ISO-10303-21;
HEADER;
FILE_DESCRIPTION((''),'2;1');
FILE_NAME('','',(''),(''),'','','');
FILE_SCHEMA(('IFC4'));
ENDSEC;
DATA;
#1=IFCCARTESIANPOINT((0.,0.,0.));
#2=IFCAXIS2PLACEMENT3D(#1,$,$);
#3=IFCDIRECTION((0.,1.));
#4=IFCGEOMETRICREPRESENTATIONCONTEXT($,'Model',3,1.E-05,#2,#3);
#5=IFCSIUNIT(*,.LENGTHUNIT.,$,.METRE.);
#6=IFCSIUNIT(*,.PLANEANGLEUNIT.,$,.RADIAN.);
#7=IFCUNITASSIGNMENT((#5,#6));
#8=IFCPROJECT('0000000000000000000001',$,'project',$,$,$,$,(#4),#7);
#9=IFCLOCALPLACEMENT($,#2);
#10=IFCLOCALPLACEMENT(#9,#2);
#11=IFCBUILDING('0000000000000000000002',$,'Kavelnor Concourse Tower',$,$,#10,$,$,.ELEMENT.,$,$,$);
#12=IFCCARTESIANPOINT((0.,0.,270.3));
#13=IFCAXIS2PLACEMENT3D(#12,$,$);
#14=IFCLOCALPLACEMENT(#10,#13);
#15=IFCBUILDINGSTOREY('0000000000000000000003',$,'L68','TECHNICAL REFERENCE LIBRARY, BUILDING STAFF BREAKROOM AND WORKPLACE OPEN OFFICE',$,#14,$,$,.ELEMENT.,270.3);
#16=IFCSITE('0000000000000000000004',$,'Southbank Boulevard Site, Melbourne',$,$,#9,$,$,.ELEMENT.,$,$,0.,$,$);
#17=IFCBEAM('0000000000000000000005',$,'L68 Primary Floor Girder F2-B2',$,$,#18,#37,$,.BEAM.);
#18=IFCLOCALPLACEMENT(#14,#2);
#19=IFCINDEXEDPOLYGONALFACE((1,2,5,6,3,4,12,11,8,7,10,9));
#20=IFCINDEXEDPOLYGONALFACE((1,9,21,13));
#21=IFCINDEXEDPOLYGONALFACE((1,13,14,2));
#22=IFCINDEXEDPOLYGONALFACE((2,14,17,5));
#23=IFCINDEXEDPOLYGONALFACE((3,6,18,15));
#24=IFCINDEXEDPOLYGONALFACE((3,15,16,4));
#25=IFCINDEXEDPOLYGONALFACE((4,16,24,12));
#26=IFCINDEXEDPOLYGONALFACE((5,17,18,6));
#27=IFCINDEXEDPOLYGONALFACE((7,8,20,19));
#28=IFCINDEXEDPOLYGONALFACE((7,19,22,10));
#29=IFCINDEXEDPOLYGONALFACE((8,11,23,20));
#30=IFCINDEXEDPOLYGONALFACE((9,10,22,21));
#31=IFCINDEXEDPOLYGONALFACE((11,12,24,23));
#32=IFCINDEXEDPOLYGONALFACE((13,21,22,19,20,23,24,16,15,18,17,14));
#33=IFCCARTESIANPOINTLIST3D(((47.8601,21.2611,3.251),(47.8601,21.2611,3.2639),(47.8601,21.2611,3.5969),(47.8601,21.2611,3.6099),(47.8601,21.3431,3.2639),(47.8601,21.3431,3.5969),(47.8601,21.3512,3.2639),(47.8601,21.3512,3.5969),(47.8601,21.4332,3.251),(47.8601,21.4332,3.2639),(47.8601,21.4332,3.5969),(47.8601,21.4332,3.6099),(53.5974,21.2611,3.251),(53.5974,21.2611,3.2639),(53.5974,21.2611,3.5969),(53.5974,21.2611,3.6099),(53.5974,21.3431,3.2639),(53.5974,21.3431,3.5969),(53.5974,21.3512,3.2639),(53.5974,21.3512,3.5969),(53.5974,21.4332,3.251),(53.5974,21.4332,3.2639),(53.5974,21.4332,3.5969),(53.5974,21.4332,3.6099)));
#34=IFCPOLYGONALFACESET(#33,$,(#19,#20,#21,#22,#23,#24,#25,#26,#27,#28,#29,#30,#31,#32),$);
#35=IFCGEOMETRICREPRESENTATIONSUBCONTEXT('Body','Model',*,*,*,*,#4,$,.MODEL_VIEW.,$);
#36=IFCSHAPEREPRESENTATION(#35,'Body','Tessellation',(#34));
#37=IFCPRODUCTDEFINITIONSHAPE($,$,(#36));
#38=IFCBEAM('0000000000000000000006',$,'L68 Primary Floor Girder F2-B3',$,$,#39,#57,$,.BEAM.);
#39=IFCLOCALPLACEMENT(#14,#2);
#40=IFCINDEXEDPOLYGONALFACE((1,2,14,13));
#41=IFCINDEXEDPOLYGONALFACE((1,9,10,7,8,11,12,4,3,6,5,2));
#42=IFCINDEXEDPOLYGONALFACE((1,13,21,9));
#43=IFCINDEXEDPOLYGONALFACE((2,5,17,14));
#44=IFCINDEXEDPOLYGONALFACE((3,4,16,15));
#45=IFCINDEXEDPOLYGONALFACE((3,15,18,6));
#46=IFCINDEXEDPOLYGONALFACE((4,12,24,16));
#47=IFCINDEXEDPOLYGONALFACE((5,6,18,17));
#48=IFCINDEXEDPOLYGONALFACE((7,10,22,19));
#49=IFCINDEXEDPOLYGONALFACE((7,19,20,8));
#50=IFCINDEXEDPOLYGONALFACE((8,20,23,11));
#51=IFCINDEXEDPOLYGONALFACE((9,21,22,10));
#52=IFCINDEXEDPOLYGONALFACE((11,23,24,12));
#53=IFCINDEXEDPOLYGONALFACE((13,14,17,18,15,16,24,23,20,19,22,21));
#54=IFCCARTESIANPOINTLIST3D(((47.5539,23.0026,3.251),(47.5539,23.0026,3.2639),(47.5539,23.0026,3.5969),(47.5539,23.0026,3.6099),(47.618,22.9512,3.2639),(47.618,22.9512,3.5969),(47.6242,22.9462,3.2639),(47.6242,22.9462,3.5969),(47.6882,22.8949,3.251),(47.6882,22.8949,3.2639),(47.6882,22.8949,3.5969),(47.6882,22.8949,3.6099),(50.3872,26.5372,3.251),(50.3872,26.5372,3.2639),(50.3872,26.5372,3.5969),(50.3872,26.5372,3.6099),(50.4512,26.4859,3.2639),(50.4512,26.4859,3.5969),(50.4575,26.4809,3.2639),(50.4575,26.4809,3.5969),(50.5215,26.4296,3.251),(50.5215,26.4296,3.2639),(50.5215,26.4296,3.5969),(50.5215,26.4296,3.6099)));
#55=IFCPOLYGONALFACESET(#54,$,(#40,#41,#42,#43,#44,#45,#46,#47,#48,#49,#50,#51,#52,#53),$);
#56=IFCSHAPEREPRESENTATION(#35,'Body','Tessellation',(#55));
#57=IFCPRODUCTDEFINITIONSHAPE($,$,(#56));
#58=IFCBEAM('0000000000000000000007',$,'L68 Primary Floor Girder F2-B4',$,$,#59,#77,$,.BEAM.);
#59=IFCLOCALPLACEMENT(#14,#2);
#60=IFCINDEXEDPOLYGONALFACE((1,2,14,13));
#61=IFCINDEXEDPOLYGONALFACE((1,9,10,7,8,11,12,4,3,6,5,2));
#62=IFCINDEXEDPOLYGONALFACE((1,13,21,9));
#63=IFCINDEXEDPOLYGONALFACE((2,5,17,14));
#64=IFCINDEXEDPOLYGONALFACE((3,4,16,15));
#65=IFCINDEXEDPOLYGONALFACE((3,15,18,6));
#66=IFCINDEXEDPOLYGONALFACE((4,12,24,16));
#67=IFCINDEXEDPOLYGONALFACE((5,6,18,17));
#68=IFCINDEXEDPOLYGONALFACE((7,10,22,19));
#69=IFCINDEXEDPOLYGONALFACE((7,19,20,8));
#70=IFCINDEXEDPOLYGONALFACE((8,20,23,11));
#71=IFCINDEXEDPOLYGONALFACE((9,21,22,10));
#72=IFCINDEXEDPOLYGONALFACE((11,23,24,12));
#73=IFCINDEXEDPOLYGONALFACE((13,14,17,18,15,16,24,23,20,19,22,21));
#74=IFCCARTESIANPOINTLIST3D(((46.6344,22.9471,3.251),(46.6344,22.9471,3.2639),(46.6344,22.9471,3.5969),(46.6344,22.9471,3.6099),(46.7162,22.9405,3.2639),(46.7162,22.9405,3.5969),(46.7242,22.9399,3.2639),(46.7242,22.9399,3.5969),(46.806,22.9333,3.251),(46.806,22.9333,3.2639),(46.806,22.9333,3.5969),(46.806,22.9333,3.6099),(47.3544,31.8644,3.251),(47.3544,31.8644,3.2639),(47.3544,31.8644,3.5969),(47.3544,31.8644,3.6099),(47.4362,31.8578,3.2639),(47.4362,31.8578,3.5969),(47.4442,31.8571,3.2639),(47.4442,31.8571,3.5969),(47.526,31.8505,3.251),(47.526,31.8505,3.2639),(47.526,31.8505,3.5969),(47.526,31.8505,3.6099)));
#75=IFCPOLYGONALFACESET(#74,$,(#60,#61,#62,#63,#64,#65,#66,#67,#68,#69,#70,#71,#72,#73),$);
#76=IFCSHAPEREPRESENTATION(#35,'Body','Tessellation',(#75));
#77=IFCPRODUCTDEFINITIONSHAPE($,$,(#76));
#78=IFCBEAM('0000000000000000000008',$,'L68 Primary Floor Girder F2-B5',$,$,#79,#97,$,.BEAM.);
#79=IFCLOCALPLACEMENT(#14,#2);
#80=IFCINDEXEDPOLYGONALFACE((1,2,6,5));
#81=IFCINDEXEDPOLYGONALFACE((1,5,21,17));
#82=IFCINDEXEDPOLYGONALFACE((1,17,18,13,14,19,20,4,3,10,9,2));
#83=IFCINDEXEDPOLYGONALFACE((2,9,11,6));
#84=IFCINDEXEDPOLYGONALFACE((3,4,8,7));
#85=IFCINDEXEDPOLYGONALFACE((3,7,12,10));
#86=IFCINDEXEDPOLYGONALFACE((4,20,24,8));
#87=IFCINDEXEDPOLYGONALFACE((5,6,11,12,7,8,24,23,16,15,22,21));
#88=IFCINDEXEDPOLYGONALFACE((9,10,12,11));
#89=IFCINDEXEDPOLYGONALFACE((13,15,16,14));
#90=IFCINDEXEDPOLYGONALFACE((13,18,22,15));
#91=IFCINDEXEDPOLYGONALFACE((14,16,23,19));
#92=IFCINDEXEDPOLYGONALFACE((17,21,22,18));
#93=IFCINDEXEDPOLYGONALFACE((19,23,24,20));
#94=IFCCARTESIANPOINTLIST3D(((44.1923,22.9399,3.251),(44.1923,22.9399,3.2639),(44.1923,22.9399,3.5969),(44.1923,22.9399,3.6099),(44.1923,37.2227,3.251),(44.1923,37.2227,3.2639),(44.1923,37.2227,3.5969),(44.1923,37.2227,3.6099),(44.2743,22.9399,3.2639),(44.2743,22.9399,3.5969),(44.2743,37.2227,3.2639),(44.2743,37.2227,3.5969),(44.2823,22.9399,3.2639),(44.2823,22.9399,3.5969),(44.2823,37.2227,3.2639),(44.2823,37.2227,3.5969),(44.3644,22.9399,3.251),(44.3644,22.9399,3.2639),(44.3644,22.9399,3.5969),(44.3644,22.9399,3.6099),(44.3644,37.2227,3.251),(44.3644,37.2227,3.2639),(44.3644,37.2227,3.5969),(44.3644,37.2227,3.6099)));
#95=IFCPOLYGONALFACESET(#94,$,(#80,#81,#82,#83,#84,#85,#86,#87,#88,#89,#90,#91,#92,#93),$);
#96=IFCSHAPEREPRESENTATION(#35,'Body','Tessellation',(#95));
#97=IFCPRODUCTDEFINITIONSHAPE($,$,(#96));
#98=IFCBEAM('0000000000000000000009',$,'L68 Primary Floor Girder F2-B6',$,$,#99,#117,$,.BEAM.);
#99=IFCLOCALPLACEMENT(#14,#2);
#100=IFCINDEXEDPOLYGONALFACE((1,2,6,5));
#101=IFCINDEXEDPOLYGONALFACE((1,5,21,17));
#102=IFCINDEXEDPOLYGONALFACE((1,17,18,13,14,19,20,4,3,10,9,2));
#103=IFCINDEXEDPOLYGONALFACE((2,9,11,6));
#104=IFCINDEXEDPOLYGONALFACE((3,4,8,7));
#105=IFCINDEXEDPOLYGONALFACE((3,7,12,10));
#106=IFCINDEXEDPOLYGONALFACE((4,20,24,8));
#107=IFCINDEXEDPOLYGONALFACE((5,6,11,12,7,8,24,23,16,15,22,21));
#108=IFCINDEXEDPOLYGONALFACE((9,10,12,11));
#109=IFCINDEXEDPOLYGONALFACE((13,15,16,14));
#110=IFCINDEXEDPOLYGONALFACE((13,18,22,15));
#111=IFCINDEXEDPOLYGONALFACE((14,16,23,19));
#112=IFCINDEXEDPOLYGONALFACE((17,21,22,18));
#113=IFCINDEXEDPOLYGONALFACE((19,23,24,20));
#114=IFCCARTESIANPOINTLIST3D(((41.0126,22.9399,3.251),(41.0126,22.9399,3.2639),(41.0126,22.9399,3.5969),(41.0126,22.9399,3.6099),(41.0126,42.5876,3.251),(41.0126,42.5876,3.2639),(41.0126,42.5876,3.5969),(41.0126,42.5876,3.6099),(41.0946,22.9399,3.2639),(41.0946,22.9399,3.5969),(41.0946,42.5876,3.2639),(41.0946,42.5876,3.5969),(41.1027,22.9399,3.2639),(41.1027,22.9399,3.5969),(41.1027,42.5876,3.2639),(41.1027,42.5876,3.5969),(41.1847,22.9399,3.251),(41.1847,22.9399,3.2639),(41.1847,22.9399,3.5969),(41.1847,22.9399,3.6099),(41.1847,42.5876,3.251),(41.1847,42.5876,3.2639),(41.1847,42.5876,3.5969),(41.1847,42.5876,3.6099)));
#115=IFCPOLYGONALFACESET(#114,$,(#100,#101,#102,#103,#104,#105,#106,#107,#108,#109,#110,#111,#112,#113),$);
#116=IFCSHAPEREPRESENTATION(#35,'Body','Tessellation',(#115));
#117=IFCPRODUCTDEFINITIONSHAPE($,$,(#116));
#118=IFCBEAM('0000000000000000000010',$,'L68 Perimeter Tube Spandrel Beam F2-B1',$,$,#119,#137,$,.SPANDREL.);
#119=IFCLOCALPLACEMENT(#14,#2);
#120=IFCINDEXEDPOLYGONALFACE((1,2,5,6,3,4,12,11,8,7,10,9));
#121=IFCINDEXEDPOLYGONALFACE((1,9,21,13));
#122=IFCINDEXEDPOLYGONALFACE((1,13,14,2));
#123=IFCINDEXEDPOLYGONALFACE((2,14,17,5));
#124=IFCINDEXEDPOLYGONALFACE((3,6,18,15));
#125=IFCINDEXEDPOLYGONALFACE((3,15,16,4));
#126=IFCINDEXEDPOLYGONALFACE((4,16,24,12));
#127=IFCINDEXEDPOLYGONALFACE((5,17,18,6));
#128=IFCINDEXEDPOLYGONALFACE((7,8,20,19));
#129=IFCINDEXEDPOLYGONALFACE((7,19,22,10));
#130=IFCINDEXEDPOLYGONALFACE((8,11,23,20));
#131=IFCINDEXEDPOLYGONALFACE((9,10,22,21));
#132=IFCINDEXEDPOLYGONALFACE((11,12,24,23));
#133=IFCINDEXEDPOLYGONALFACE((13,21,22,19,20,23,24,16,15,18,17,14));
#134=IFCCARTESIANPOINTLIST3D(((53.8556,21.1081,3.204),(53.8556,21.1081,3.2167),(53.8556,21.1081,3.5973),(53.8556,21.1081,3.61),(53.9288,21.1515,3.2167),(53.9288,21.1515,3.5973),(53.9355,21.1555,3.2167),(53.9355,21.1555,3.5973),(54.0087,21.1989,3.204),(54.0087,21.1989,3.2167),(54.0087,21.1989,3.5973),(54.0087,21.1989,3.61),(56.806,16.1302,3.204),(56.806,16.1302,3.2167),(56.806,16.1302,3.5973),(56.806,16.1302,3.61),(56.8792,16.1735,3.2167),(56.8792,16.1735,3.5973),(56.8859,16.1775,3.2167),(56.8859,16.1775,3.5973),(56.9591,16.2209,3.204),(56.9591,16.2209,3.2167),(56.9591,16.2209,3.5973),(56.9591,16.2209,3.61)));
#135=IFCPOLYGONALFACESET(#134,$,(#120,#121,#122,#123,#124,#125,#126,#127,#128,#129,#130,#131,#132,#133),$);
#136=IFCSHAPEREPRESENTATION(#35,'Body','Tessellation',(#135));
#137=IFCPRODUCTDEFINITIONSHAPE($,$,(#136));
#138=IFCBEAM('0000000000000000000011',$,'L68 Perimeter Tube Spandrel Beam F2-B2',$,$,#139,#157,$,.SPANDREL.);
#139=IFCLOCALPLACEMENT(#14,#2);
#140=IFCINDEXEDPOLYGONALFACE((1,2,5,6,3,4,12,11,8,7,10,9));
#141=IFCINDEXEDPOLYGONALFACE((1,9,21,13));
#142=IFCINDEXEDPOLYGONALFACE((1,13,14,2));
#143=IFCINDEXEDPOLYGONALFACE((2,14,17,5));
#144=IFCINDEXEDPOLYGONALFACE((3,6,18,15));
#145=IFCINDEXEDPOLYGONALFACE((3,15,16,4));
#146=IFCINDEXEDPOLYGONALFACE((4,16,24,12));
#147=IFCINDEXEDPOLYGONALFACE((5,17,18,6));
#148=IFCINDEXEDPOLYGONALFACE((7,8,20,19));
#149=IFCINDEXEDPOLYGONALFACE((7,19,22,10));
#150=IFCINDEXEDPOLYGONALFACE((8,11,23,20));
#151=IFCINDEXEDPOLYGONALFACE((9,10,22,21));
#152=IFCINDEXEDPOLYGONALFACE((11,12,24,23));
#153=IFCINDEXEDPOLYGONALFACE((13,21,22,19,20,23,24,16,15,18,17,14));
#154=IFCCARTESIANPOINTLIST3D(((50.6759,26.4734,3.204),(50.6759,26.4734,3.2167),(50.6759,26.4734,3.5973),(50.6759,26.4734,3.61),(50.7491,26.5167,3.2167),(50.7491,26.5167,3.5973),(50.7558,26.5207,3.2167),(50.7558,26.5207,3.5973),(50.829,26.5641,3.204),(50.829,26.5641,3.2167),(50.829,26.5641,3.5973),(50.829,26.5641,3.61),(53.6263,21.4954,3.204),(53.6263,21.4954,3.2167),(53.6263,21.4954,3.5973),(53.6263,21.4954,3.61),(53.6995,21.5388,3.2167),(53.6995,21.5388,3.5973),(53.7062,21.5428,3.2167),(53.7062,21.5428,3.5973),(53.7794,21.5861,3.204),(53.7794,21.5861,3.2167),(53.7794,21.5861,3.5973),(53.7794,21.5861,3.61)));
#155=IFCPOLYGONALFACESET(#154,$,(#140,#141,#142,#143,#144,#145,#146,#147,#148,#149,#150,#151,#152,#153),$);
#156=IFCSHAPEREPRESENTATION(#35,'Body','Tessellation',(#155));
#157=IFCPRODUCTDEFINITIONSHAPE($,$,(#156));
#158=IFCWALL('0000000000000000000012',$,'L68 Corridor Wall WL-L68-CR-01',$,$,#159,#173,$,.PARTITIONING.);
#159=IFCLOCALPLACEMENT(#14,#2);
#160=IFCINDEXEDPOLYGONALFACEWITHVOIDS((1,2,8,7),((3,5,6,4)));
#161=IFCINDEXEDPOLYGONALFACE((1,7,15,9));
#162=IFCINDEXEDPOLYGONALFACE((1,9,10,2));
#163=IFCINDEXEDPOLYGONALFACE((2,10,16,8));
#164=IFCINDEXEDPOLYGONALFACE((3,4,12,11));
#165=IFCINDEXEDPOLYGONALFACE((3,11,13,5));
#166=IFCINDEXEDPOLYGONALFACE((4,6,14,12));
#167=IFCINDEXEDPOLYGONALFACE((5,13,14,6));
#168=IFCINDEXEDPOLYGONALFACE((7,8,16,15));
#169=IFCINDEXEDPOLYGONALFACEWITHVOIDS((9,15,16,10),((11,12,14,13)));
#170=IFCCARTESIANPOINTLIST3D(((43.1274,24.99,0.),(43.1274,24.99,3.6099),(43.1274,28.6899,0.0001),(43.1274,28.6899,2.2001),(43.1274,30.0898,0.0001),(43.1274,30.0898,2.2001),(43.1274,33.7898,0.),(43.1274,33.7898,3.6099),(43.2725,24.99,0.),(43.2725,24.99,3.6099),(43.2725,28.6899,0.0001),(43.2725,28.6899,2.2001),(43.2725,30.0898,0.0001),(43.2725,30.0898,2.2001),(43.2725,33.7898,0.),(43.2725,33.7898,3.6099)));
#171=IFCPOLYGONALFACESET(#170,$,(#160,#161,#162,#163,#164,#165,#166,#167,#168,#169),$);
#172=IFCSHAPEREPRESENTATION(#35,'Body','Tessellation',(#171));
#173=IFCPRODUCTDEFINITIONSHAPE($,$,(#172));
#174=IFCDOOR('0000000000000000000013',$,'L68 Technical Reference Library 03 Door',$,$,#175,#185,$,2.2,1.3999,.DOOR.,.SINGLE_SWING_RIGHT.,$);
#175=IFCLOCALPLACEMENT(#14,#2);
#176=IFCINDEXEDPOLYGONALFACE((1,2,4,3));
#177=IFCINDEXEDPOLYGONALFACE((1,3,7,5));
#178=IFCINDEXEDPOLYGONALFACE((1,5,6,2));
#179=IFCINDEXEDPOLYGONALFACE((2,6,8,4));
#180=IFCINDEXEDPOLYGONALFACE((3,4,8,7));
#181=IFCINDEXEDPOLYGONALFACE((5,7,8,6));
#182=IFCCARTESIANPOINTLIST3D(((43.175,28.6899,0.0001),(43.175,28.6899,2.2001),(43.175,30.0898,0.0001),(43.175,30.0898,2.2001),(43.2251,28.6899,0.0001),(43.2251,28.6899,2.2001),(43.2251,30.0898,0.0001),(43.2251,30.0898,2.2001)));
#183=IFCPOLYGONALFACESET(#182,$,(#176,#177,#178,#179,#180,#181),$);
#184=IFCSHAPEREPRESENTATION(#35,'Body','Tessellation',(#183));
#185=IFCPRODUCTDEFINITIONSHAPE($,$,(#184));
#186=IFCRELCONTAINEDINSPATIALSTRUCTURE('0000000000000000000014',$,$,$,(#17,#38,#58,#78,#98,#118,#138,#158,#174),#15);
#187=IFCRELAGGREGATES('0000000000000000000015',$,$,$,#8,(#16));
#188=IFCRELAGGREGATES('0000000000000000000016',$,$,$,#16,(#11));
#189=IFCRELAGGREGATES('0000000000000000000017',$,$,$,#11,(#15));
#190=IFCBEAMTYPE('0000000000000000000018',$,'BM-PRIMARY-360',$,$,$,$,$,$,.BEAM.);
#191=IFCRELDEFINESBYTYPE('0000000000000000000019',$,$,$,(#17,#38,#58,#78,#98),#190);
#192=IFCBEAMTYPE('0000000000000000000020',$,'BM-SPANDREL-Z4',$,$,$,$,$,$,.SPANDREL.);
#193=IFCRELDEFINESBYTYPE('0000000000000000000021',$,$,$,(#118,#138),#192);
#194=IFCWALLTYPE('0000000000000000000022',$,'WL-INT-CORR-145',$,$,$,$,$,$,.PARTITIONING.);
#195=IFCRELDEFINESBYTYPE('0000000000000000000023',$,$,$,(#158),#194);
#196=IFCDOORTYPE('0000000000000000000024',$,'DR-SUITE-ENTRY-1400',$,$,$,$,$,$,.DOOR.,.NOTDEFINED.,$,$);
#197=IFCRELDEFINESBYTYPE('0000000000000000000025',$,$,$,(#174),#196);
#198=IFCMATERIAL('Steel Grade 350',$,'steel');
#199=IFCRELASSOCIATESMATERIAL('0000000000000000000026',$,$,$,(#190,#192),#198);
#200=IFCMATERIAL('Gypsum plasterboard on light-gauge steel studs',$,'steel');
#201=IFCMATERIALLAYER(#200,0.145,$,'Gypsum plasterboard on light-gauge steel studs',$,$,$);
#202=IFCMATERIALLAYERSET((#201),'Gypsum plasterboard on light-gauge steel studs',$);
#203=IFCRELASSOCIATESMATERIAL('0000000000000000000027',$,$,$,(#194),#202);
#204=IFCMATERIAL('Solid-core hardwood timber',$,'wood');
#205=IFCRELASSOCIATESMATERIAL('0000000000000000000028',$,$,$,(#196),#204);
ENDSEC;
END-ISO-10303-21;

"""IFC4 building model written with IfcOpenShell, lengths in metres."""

from ifc_helpers import new_model, si_unit, direction, frame, frame_2d, origin, origin_2d, place, context, subcontext, project, spatial, rectangle, i_section, extrude, material, layer, layer_set, material_profile, profile_set, type_object, element, fill, save


model = new_model("IFC4")

# Units and contexts
model_context = context("Model", 3, precision=1e-05, world=origin(), true_north=direction((0.0, 1.0)))
body_context = subcontext(model_context, "Body", "Model", "MODEL_VIEW")
ifc_project = project(units=[si_unit("LENGTHUNIT", "METRE"), si_unit("PLANEANGLEUNIT", "RADIAN")], contexts=[model_context])

# Site, building, storey
site_placement = place(None, origin())
site = spatial("IfcSite", under=ifc_project, at=site_placement, Name="Southbank Boulevard Site, Melbourne", CompositionType="ELEMENT", RefElevation=0.0)
building_placement = place(site_placement, origin())
building = spatial("IfcBuilding", under=site, at=building_placement, Name="Kavelnor Concourse Tower", CompositionType="ELEMENT")
storey_placement = place(building_placement, frame((0.0, 0.0, 270.3)))
storey = spatial("IfcBuildingStorey", under=building, at=storey_placement, Name="L68", Description="TECHNICAL REFERENCE LIBRARY, BUILDING STAFF BREAKROOM AND WORKPLACE OPEN OFFICE", CompositionType="ELEMENT", Elevation=270.3)

# Shared definitions
ifc_material_1 = material(Name="Steel Grade 350", Category="steel")

# Beams
ifc_material_profile_1 = material_profile(ifc_material_1, i_section(OverallWidth=0.1721, OverallDepth=0.3589, WebThickness=0.0081, FlangeThickness=0.0129, at=origin_2d()), Name="360UB56")
ifc_profile_set_1 = profile_set([ifc_material_profile_1], Name="Steel Grade 350")
beam_type_1 = type_object("IfcBeamType", Name="BM-PRIMARY-360", PredefinedType="BEAM", material=ifc_profile_set_1)
beam_1_placement = place(storey_placement, frame((47.8601, 21.3472, 3.4304), z_axis=(1.0, 0.0, 0.0), x_axis=(0.0, 1.0, 0.0)))
element("IfcBeam", 1, at=beam_1_placement, inside=storey, type_object=beam_type_1, Name="L68 Primary Floor Girder F2-B2", PredefinedType="BEAM", context=body_context, shape_type="SweptSolid", body=[
    extrude(i_section(OverallWidth=0.1721, OverallDepth=0.3589, WebThickness=0.0081, FlangeThickness=0.0129, at=origin_2d()), origin(), (0.0, 0.0, 1.0), 5.7373),
])
beam_2_placement = place(storey_placement, frame((47.6211, 22.9487, 3.4304), z_axis=(0.625437, 0.780274, 0.0), x_axis=(-0.780274, 0.625437, 0.0)))
element("IfcBeam", 2, at=beam_2_placement, inside=storey, type_object=beam_type_1, Name="L68 Primary Floor Girder F2-B3", PredefinedType="BEAM", context=body_context, shape_type="SweptSolid", body=[
    extrude(i_section(OverallWidth=0.1721, OverallDepth=0.3589, WebThickness=0.0081, FlangeThickness=0.0129, at=origin_2d()), origin(), (0.0, 0.0, 1.0), 4.53),
])
beam_3_placement = place(storey_placement, frame((46.7202, 22.9402, 3.4304), z_axis=(0.080477, 0.996756, 0.0), x_axis=(-0.996756, 0.080477, 0.0)))
element("IfcBeam", 3, at=beam_3_placement, inside=storey, type_object=beam_type_1, Name="L68 Primary Floor Girder F2-B4", PredefinedType="BEAM", context=body_context, shape_type="SweptSolid", body=[
    extrude(i_section(OverallWidth=0.1721, OverallDepth=0.3589, WebThickness=0.0081, FlangeThickness=0.0129, at=origin_2d()), origin(), (0.0, 0.0, 1.0), 8.9463),
])
beam_4_placement = place(storey_placement, frame((44.2783, 22.9399, 3.4304), z_axis=(0.0, 1.0, 0.0), x_axis=(-1.0, 0.0, 0.0)))
element("IfcBeam", 4, at=beam_4_placement, inside=storey, type_object=beam_type_1, Name="L68 Primary Floor Girder F2-B5", PredefinedType="BEAM", context=body_context, shape_type="SweptSolid", body=[
    extrude(i_section(OverallWidth=0.1721, OverallDepth=0.3589, WebThickness=0.0081, FlangeThickness=0.0129, at=origin_2d()), origin(), (0.0, 0.0, 1.0), 14.2827),
])
beam_5_placement = place(storey_placement, frame((41.0986, 22.9399, 3.4304), z_axis=(0.0, 1.0, 0.0), x_axis=(-1.0, 0.0, 0.0)))
element("IfcBeam", 5, at=beam_5_placement, inside=storey, type_object=beam_type_1, Name="L68 Primary Floor Girder F2-B6", PredefinedType="BEAM", context=body_context, shape_type="SweptSolid", body=[
    extrude(i_section(OverallWidth=0.1721, OverallDepth=0.3589, WebThickness=0.0081, FlangeThickness=0.0129, at=origin_2d()), origin(), (0.0, 0.0, 1.0), 19.6477),
])
ifc_material_profile_2 = material_profile(ifc_material_1, i_section(OverallWidth=0.178, OverallDepth=0.406, WebThickness=0.0078, FlangeThickness=0.0127, at=origin_2d()), Name="410UB59")
ifc_profile_set_2 = profile_set([ifc_material_profile_2], Name="Steel Grade 350")
beam_type_2 = type_object("IfcBeamType", Name="BM-SPANDREL-Z4", PredefinedType="SPANDREL", material=ifc_profile_set_2)
for number, where, z_axis, x_axis, name in (
    (6, (56.8826, 16.1755, 3.407), (-0.509866, 0.860254, 0.0), (-0.860254, -0.509866, 0.0), "L68 Perimeter Tube Spandrel Beam F2-B1"),
    (7, (53.7029, 21.5408, 3.407), (-0.509866, 0.860254, 0.0), (-0.860254, -0.509866, 0.0), "L68 Perimeter Tube Spandrel Beam F2-B2"),
):
    element("IfcBeam", number, at=place(storey_placement, frame(where, z_axis=z_axis, x_axis=x_axis)), inside=storey, type_object=beam_type_2, Name=name, PredefinedType="SPANDREL", context=body_context, shape_type="SweptSolid", body=[
        extrude(i_section(OverallWidth=0.178, OverallDepth=0.406, WebThickness=0.0078, FlangeThickness=0.0127, at=origin_2d()), origin(), (0.0, 0.0, 1.0), 5.7866),
    ])

# Wall, opening, door
ifc_material_2 = material(Name="Gypsum plasterboard on light-gauge steel studs", Category="steel")
ifc_layer_1 = layer(ifc_material_2, 0.145, Name="Gypsum plasterboard on light-gauge steel studs")
ifc_layer_set_1 = layer_set([ifc_layer_1], Name="Gypsum plasterboard on light-gauge steel studs")
wall_type_1 = type_object("IfcWallType", Name="WL-INT-CORR-145", PredefinedType="PARTITIONING", material=ifc_layer_set_1)
wall_1_placement = place(storey_placement, frame((43.2, 24.99, 0.0), z_axis=(0.0, 0.0, 1.0), x_axis=(0.0, 1.0, 0.0)))
wall_1 = element("IfcWall", 8, at=wall_1_placement, inside=storey, type_object=wall_type_1, Name="L68 Corridor Wall WL-L68-CR-01", PredefinedType="PARTITIONING", context=body_context, shape_type="SweptSolid", body=[
    extrude(rectangle(XDim=8.7998, YDim=0.145, at=frame_2d((4.3999, 0.0))), origin(), (0.0, 0.0, 1.0), 3.6099),
])
opening_placement = place(wall_1_placement, frame((3.7, 0.0, 0.0)))
opening = element("IfcOpeningElement", 9, at=opening_placement, cuts=wall_1, PredefinedType="OPENING", context=body_context, shape_type="SweptSolid", body=[
    extrude(rectangle(XDim=1.3999, YDim=2.2, at=frame_2d((0.7, 1.1001))), frame((0.0, 0.0825, 0.0), z_axis=(0.0, -1.0, 0.0), x_axis=(1.0, 0.0, 0.0)), (0.0, 0.0, 1.0), 0.165),
])
ifc_material_3 = material(Name="Solid-core hardwood timber", Category="wood")
door_type = type_object("IfcDoorType", Name="DR-SUITE-ENTRY-1400", OperationType="NOTDEFINED", PredefinedType="DOOR", material=ifc_material_3)
door_placement = place(opening_placement, origin())
door = element("IfcDoor", 10, at=door_placement, inside=storey, type_object=door_type, Name="L68 Technical Reference Library 03 Door", OperationType="SINGLE_SWING_RIGHT", OverallHeight=2.2, OverallWidth=1.3999, PredefinedType="DOOR", context=body_context, shape_type="SweptSolid", body=[
    extrude(rectangle(XDim=1.3999, YDim=2.2, at=frame_2d((0.7, 1.1001))), frame((0.0, 0.0249, 0.0), z_axis=(0.0, -1.0, 0.0), x_axis=(1.0, 0.0, 0.0)), (0.0, 0.0, 1.0), 0.05),
])
fill(opening, door)

save(model, "model.ifc")
